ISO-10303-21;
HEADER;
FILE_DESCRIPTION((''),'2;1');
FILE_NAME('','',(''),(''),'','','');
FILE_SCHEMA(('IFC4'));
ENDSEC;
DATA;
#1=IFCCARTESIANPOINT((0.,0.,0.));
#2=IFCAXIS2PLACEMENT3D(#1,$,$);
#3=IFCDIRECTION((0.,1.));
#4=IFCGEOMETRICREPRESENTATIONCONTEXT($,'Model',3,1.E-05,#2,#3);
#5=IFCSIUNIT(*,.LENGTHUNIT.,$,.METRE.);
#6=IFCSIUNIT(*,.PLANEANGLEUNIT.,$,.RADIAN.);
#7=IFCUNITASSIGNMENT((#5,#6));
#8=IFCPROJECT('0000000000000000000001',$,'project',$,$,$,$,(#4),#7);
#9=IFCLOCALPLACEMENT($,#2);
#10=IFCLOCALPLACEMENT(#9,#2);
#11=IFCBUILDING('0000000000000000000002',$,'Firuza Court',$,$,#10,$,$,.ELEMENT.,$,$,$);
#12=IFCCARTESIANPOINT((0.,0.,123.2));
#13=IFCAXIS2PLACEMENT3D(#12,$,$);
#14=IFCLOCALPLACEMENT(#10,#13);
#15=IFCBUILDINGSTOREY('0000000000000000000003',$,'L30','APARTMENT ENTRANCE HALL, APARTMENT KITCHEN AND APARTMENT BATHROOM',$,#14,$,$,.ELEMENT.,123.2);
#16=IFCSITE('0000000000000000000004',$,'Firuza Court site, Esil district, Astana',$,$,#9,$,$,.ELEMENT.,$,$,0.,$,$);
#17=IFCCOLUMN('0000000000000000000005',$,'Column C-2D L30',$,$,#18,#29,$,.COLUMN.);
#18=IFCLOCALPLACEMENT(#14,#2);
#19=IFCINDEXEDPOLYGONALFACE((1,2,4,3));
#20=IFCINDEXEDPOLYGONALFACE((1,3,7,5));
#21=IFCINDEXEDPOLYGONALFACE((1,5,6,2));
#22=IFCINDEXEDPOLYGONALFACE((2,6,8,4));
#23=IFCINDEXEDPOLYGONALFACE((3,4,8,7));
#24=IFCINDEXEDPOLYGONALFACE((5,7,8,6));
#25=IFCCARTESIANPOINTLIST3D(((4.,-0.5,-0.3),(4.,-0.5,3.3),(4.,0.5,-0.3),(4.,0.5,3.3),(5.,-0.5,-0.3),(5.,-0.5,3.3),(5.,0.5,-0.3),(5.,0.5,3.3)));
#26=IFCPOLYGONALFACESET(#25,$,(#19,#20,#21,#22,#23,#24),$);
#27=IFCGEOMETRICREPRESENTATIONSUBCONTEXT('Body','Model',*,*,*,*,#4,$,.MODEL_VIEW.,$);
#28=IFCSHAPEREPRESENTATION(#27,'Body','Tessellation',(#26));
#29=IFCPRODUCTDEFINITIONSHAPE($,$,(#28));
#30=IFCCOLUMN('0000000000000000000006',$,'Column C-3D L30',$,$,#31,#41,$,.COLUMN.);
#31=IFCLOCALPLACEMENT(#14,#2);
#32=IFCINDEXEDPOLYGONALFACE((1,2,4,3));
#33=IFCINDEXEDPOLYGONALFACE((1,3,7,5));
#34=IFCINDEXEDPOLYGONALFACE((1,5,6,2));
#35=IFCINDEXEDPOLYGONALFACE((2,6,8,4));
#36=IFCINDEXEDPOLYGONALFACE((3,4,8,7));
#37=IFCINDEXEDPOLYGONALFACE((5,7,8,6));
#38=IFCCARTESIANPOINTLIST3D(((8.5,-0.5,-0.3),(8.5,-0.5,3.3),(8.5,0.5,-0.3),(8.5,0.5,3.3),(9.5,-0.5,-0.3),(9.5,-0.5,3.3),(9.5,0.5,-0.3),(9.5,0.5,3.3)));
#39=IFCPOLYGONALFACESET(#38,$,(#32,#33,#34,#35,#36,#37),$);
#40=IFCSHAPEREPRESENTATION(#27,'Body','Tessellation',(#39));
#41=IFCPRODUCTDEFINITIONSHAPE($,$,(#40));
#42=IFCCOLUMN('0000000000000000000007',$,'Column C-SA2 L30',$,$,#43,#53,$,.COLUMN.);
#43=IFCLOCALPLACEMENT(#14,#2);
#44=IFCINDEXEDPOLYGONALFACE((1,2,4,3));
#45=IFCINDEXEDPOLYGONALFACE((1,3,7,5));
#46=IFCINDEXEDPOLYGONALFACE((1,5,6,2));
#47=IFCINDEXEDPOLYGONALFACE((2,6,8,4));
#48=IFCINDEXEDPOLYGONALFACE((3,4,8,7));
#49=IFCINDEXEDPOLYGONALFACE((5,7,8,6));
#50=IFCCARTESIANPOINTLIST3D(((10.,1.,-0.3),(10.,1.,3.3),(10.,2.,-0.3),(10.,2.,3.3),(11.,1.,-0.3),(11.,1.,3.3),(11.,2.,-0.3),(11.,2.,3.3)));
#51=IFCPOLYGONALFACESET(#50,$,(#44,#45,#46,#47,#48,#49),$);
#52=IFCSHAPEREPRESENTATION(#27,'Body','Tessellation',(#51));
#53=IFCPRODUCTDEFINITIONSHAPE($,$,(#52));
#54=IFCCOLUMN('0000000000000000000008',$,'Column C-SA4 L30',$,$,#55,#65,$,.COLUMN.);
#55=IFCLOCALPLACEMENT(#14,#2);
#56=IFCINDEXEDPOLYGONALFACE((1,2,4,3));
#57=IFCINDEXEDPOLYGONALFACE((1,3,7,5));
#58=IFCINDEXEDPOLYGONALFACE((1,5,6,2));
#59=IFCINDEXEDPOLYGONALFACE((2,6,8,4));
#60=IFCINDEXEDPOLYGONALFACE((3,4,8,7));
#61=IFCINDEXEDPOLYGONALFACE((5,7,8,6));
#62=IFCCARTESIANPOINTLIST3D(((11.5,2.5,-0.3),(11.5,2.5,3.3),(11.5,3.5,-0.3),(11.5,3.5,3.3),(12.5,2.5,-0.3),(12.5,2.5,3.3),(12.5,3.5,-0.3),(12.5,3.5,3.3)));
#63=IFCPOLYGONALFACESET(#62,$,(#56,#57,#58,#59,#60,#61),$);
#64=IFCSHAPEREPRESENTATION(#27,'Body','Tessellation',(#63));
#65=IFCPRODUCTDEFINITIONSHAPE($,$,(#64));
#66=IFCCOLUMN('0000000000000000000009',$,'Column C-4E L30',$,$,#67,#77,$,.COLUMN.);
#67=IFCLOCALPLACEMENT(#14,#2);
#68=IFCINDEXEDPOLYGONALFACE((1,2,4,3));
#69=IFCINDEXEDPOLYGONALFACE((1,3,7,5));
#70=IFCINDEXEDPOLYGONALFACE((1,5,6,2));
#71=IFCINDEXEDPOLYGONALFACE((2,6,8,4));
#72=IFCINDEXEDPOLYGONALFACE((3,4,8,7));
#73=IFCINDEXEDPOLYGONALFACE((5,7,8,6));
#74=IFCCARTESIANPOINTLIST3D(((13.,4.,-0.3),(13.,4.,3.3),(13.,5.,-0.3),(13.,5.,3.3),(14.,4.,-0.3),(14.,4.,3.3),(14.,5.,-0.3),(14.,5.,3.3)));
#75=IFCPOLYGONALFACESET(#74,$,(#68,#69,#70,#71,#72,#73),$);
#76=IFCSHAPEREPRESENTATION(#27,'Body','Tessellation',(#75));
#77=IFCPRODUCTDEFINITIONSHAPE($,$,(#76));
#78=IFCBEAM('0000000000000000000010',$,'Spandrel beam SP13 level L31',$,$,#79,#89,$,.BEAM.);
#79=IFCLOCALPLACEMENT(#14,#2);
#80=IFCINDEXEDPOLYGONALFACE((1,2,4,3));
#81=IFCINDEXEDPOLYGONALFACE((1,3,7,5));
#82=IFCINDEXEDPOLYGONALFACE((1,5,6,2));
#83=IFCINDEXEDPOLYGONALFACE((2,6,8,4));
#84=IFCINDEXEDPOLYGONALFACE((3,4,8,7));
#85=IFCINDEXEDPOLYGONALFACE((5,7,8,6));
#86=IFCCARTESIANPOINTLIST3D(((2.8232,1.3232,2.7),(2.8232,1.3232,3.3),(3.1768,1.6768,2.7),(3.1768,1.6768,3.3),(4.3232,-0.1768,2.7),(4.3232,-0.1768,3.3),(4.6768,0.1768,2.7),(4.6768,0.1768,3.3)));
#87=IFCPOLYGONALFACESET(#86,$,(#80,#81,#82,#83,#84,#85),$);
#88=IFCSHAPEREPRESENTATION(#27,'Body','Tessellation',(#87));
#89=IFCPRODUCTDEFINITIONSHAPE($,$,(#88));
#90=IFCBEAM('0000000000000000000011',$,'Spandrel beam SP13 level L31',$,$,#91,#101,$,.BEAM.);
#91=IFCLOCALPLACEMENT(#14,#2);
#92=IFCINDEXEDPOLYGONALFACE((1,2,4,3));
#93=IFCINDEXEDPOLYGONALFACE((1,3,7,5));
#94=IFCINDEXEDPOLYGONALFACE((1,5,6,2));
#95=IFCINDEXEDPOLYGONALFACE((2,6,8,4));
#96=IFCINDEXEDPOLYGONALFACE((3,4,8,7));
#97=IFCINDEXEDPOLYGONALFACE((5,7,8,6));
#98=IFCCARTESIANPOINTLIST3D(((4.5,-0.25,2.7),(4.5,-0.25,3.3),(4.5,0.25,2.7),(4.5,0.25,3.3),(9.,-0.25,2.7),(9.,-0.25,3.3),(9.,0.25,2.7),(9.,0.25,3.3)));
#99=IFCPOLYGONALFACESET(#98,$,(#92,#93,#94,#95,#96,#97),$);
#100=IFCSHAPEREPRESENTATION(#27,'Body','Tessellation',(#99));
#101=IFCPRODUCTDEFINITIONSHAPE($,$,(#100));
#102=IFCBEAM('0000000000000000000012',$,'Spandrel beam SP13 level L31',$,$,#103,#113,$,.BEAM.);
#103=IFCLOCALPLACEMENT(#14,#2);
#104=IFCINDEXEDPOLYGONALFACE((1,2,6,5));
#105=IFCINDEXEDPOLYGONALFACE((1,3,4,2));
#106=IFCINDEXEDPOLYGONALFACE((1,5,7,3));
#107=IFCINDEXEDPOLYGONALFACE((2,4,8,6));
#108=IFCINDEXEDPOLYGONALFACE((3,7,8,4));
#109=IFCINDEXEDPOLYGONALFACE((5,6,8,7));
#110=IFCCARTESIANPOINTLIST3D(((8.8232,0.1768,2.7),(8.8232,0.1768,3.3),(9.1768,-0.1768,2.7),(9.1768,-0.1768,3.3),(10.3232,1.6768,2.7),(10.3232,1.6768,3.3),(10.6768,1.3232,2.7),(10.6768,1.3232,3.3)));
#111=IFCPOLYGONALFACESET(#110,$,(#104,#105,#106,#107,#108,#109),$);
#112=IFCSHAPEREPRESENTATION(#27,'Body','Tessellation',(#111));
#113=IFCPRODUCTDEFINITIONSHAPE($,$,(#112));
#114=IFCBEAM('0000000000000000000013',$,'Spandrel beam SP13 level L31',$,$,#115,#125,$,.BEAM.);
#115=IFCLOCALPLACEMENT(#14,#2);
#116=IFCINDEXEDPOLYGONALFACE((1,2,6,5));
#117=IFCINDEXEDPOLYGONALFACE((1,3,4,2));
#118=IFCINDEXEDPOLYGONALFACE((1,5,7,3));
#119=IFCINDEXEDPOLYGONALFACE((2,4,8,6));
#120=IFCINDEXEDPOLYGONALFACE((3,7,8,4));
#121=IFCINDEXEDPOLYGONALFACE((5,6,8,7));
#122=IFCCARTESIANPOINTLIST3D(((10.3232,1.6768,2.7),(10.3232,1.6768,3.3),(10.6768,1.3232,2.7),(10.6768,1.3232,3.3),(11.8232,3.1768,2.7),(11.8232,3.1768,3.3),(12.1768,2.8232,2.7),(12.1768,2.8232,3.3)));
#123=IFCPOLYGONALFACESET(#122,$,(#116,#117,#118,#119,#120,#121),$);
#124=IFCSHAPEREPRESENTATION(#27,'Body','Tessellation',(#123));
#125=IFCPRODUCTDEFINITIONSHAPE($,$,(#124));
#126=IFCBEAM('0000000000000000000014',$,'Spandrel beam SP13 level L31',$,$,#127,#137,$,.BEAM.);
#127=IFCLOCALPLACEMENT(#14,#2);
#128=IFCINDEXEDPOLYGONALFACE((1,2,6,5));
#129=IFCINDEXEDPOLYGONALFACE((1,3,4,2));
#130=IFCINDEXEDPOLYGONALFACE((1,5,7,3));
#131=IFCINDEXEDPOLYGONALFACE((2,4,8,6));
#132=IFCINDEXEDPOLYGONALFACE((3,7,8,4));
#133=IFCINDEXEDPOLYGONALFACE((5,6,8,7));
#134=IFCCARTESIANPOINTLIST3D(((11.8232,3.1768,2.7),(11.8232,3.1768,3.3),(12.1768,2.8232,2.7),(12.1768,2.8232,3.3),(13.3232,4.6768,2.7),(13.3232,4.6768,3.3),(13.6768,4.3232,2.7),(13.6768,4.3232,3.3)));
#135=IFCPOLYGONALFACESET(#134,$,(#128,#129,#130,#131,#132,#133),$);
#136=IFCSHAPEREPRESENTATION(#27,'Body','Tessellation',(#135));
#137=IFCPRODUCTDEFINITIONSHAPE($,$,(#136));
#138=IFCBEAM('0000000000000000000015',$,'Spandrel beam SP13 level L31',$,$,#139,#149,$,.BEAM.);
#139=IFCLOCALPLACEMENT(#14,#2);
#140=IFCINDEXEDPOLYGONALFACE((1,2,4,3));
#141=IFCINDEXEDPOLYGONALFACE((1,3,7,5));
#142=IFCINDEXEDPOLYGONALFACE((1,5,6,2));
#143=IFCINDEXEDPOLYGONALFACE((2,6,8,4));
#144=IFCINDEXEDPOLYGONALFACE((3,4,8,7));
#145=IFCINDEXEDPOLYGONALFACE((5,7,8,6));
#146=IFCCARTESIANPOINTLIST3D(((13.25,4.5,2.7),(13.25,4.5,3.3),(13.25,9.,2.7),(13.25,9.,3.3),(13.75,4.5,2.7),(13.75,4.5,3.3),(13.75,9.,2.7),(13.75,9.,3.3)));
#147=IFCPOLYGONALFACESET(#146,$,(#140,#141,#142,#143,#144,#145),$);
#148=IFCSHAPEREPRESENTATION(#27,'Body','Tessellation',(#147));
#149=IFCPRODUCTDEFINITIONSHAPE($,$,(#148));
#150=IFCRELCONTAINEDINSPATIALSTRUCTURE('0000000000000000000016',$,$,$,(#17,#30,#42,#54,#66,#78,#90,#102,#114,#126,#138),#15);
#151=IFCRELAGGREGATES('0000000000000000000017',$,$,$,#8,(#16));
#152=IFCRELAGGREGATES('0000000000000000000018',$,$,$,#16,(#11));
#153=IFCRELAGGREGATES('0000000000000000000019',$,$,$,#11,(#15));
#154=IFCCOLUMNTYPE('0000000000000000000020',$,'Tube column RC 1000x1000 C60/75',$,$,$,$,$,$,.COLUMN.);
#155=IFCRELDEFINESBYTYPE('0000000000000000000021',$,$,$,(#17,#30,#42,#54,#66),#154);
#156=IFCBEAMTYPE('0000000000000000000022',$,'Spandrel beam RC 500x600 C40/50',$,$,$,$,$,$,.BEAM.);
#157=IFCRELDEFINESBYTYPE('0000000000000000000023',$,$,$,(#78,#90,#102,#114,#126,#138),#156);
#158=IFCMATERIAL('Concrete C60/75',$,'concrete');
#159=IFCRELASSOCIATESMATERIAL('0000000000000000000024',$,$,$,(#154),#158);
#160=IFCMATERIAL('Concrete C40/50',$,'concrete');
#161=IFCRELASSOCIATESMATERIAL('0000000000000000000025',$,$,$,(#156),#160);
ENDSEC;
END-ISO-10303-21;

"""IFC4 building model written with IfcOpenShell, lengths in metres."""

from ifc_helpers import new_model, si_unit, direction, frame, origin, origin_2d, place, context, subcontext, project, spatial, rectangle, extrude, material, material_profile, profile_set, type_object, element, save


model = new_model("IFC4")

# Units and contexts
model_context = context("Model", 3, precision=1e-05, world=origin(), true_north=direction((0.0, 1.0)))
body_context = subcontext(model_context, "Body", "Model", "MODEL_VIEW")
ifc_project = project(units=[si_unit("LENGTHUNIT", "METRE"), si_unit("PLANEANGLEUNIT", "RADIAN")], contexts=[model_context])

# Site, building, storey
site_placement = place(None, origin())
site = spatial("IfcSite", under=ifc_project, at=site_placement, Name="Firuza Court site, Esil district, Astana", CompositionType="ELEMENT", RefElevation=0.0)
building_placement = place(site_placement, origin())
building = spatial("IfcBuilding", under=site, at=building_placement, Name="Firuza Court", CompositionType="ELEMENT")
storey_placement = place(building_placement, frame((0.0, 0.0, 123.2)))
storey = spatial("IfcBuildingStorey", under=building, at=storey_placement, Name="L30", Description="APARTMENT ENTRANCE HALL, APARTMENT KITCHEN AND APARTMENT BATHROOM", CompositionType="ELEMENT", Elevation=123.2)

# Columns
ifc_material_1 = material(Name="Concrete C60/75", Category="concrete")
ifc_material_profile_1 = material_profile(ifc_material_1, rectangle(XDim=1.0, YDim=1.0, at=origin_2d()), Name="RC 1000x1000")
ifc_profile_set_1 = profile_set([ifc_material_profile_1], Name="Concrete C60/75")
column_type = type_object("IfcColumnType", Name="Tube column RC 1000x1000 C60/75", PredefinedType="COLUMN", material=ifc_profile_set_1)
for number, where, z_axis, x_axis, name in (
    (1, (4.5, 0.0, -0.3), (0.0, 0.0, 1.0), (1.0, 0.0, 0.0), "Column C-2D L30"),
    (2, (9.0, 0.0, -0.3), (0.0, 0.0, 1.0), (1.0, 0.0, 0.0), "Column C-3D L30"),
    (3, (10.5, 1.5, -0.3), (0.0, 0.0, 1.0), (1.0, 0.0, 0.0), "Column C-SA2 L30"),
    (4, (12.0, 3.0, -0.3), (0.0, 0.0, 1.0), (1.0, 0.0, 0.0), "Column C-SA4 L30"),
    (5, (13.5, 4.5, -0.3), (0.0, 0.0, 1.0), (1.0, 0.0, 0.0), "Column C-4E L30"),
):
    element("IfcColumn", number, at=place(storey_placement, frame(where, z_axis=z_axis, x_axis=x_axis)), inside=storey, type_object=column_type, Name=name, PredefinedType="COLUMN", context=body_context, shape_type="SweptSolid", body=[
        extrude(rectangle(XDim=1.0, YDim=1.0, at=origin_2d()), origin(), (0.0, 0.0, 1.0), 3.6001),
    ])

# Beams
ifc_material_2 = material(Name="Concrete C40/50", Category="concrete")
ifc_material_profile_2 = material_profile(ifc_material_2, rectangle(XDim=0.5, YDim=0.6001, at=origin_2d()), Name="RC 500x600")
ifc_profile_set_2 = profile_set([ifc_material_profile_2], Name="Concrete C40/50")
beam_type = type_object("IfcBeamType", Name="Spandrel beam RC 500x600 C40/50", PredefinedType="BEAM", material=ifc_profile_set_2)
beam_1_placement = place(storey_placement, frame((3.0, 1.5, 3.0), z_axis=(0.707107, -0.707107, 0.0), x_axis=(0.707107, 0.707107, 0.0)))
element("IfcBeam", 6, at=beam_1_placement, inside=storey, type_object=beam_type, Name="Spandrel beam SP13 level L31", PredefinedType="BEAM", context=body_context, shape_type="SweptSolid", body=[
    extrude(rectangle(XDim=0.5, YDim=0.6001, at=origin_2d()), origin(), (0.0, 0.0, 1.0), 2.1213),
])
beam_2_placement = place(storey_placement, frame((4.5, 0.0, 3.0), z_axis=(1.0, 0.0, 0.0), x_axis=(0.0, 1.0, 0.0)))
element("IfcBeam", 7, at=beam_2_placement, inside=storey, type_object=beam_type, Name="Spandrel beam SP13 level L31", PredefinedType="BEAM", context=body_context, shape_type="SweptSolid", body=[
    extrude(rectangle(XDim=0.5, YDim=0.6001, at=origin_2d()), origin(), (0.0, 0.0, 1.0), 4.5),
])
for number, where, z_axis, x_axis, name in (
    (8, (9.0, 0.0, 3.0), (0.707107, 0.707107, 0.0), (-0.707107, 0.707107, 0.0), "Spandrel beam SP13 level L31"),
    (9, (10.5, 1.5, 3.0), (0.707107, 0.707107, 0.0), (-0.707107, 0.707107, 0.0), "Spandrel beam SP13 level L31"),
    (10, (12.0, 3.0, 3.0), (0.707107, 0.707107, 0.0), (-0.707107, 0.707107, 0.0), "Spandrel beam SP13 level L31"),
):
    element("IfcBeam", number, at=place(storey_placement, frame(where, z_axis=z_axis, x_axis=x_axis)), inside=storey, type_object=beam_type, Name=name, PredefinedType="BEAM", context=body_context, shape_type="SweptSolid", body=[
        extrude(rectangle(XDim=0.5, YDim=0.6001, at=origin_2d()), origin(), (0.0, 0.0, 1.0), 2.1213),
    ])
beam_3_placement = place(storey_placement, frame((13.5, 4.5, 3.0), z_axis=(0.0, 1.0, 0.0), x_axis=(-1.0, 0.0, 0.0)))
element("IfcBeam", 11, at=beam_3_placement, inside=storey, type_object=beam_type, Name="Spandrel beam SP13 level L31", PredefinedType="BEAM", context=body_context, shape_type="SweptSolid", body=[
    extrude(rectangle(XDim=0.5, YDim=0.6001, at=origin_2d()), origin(), (0.0, 0.0, 1.0), 4.5),
])

save(model, "model.ifc")
